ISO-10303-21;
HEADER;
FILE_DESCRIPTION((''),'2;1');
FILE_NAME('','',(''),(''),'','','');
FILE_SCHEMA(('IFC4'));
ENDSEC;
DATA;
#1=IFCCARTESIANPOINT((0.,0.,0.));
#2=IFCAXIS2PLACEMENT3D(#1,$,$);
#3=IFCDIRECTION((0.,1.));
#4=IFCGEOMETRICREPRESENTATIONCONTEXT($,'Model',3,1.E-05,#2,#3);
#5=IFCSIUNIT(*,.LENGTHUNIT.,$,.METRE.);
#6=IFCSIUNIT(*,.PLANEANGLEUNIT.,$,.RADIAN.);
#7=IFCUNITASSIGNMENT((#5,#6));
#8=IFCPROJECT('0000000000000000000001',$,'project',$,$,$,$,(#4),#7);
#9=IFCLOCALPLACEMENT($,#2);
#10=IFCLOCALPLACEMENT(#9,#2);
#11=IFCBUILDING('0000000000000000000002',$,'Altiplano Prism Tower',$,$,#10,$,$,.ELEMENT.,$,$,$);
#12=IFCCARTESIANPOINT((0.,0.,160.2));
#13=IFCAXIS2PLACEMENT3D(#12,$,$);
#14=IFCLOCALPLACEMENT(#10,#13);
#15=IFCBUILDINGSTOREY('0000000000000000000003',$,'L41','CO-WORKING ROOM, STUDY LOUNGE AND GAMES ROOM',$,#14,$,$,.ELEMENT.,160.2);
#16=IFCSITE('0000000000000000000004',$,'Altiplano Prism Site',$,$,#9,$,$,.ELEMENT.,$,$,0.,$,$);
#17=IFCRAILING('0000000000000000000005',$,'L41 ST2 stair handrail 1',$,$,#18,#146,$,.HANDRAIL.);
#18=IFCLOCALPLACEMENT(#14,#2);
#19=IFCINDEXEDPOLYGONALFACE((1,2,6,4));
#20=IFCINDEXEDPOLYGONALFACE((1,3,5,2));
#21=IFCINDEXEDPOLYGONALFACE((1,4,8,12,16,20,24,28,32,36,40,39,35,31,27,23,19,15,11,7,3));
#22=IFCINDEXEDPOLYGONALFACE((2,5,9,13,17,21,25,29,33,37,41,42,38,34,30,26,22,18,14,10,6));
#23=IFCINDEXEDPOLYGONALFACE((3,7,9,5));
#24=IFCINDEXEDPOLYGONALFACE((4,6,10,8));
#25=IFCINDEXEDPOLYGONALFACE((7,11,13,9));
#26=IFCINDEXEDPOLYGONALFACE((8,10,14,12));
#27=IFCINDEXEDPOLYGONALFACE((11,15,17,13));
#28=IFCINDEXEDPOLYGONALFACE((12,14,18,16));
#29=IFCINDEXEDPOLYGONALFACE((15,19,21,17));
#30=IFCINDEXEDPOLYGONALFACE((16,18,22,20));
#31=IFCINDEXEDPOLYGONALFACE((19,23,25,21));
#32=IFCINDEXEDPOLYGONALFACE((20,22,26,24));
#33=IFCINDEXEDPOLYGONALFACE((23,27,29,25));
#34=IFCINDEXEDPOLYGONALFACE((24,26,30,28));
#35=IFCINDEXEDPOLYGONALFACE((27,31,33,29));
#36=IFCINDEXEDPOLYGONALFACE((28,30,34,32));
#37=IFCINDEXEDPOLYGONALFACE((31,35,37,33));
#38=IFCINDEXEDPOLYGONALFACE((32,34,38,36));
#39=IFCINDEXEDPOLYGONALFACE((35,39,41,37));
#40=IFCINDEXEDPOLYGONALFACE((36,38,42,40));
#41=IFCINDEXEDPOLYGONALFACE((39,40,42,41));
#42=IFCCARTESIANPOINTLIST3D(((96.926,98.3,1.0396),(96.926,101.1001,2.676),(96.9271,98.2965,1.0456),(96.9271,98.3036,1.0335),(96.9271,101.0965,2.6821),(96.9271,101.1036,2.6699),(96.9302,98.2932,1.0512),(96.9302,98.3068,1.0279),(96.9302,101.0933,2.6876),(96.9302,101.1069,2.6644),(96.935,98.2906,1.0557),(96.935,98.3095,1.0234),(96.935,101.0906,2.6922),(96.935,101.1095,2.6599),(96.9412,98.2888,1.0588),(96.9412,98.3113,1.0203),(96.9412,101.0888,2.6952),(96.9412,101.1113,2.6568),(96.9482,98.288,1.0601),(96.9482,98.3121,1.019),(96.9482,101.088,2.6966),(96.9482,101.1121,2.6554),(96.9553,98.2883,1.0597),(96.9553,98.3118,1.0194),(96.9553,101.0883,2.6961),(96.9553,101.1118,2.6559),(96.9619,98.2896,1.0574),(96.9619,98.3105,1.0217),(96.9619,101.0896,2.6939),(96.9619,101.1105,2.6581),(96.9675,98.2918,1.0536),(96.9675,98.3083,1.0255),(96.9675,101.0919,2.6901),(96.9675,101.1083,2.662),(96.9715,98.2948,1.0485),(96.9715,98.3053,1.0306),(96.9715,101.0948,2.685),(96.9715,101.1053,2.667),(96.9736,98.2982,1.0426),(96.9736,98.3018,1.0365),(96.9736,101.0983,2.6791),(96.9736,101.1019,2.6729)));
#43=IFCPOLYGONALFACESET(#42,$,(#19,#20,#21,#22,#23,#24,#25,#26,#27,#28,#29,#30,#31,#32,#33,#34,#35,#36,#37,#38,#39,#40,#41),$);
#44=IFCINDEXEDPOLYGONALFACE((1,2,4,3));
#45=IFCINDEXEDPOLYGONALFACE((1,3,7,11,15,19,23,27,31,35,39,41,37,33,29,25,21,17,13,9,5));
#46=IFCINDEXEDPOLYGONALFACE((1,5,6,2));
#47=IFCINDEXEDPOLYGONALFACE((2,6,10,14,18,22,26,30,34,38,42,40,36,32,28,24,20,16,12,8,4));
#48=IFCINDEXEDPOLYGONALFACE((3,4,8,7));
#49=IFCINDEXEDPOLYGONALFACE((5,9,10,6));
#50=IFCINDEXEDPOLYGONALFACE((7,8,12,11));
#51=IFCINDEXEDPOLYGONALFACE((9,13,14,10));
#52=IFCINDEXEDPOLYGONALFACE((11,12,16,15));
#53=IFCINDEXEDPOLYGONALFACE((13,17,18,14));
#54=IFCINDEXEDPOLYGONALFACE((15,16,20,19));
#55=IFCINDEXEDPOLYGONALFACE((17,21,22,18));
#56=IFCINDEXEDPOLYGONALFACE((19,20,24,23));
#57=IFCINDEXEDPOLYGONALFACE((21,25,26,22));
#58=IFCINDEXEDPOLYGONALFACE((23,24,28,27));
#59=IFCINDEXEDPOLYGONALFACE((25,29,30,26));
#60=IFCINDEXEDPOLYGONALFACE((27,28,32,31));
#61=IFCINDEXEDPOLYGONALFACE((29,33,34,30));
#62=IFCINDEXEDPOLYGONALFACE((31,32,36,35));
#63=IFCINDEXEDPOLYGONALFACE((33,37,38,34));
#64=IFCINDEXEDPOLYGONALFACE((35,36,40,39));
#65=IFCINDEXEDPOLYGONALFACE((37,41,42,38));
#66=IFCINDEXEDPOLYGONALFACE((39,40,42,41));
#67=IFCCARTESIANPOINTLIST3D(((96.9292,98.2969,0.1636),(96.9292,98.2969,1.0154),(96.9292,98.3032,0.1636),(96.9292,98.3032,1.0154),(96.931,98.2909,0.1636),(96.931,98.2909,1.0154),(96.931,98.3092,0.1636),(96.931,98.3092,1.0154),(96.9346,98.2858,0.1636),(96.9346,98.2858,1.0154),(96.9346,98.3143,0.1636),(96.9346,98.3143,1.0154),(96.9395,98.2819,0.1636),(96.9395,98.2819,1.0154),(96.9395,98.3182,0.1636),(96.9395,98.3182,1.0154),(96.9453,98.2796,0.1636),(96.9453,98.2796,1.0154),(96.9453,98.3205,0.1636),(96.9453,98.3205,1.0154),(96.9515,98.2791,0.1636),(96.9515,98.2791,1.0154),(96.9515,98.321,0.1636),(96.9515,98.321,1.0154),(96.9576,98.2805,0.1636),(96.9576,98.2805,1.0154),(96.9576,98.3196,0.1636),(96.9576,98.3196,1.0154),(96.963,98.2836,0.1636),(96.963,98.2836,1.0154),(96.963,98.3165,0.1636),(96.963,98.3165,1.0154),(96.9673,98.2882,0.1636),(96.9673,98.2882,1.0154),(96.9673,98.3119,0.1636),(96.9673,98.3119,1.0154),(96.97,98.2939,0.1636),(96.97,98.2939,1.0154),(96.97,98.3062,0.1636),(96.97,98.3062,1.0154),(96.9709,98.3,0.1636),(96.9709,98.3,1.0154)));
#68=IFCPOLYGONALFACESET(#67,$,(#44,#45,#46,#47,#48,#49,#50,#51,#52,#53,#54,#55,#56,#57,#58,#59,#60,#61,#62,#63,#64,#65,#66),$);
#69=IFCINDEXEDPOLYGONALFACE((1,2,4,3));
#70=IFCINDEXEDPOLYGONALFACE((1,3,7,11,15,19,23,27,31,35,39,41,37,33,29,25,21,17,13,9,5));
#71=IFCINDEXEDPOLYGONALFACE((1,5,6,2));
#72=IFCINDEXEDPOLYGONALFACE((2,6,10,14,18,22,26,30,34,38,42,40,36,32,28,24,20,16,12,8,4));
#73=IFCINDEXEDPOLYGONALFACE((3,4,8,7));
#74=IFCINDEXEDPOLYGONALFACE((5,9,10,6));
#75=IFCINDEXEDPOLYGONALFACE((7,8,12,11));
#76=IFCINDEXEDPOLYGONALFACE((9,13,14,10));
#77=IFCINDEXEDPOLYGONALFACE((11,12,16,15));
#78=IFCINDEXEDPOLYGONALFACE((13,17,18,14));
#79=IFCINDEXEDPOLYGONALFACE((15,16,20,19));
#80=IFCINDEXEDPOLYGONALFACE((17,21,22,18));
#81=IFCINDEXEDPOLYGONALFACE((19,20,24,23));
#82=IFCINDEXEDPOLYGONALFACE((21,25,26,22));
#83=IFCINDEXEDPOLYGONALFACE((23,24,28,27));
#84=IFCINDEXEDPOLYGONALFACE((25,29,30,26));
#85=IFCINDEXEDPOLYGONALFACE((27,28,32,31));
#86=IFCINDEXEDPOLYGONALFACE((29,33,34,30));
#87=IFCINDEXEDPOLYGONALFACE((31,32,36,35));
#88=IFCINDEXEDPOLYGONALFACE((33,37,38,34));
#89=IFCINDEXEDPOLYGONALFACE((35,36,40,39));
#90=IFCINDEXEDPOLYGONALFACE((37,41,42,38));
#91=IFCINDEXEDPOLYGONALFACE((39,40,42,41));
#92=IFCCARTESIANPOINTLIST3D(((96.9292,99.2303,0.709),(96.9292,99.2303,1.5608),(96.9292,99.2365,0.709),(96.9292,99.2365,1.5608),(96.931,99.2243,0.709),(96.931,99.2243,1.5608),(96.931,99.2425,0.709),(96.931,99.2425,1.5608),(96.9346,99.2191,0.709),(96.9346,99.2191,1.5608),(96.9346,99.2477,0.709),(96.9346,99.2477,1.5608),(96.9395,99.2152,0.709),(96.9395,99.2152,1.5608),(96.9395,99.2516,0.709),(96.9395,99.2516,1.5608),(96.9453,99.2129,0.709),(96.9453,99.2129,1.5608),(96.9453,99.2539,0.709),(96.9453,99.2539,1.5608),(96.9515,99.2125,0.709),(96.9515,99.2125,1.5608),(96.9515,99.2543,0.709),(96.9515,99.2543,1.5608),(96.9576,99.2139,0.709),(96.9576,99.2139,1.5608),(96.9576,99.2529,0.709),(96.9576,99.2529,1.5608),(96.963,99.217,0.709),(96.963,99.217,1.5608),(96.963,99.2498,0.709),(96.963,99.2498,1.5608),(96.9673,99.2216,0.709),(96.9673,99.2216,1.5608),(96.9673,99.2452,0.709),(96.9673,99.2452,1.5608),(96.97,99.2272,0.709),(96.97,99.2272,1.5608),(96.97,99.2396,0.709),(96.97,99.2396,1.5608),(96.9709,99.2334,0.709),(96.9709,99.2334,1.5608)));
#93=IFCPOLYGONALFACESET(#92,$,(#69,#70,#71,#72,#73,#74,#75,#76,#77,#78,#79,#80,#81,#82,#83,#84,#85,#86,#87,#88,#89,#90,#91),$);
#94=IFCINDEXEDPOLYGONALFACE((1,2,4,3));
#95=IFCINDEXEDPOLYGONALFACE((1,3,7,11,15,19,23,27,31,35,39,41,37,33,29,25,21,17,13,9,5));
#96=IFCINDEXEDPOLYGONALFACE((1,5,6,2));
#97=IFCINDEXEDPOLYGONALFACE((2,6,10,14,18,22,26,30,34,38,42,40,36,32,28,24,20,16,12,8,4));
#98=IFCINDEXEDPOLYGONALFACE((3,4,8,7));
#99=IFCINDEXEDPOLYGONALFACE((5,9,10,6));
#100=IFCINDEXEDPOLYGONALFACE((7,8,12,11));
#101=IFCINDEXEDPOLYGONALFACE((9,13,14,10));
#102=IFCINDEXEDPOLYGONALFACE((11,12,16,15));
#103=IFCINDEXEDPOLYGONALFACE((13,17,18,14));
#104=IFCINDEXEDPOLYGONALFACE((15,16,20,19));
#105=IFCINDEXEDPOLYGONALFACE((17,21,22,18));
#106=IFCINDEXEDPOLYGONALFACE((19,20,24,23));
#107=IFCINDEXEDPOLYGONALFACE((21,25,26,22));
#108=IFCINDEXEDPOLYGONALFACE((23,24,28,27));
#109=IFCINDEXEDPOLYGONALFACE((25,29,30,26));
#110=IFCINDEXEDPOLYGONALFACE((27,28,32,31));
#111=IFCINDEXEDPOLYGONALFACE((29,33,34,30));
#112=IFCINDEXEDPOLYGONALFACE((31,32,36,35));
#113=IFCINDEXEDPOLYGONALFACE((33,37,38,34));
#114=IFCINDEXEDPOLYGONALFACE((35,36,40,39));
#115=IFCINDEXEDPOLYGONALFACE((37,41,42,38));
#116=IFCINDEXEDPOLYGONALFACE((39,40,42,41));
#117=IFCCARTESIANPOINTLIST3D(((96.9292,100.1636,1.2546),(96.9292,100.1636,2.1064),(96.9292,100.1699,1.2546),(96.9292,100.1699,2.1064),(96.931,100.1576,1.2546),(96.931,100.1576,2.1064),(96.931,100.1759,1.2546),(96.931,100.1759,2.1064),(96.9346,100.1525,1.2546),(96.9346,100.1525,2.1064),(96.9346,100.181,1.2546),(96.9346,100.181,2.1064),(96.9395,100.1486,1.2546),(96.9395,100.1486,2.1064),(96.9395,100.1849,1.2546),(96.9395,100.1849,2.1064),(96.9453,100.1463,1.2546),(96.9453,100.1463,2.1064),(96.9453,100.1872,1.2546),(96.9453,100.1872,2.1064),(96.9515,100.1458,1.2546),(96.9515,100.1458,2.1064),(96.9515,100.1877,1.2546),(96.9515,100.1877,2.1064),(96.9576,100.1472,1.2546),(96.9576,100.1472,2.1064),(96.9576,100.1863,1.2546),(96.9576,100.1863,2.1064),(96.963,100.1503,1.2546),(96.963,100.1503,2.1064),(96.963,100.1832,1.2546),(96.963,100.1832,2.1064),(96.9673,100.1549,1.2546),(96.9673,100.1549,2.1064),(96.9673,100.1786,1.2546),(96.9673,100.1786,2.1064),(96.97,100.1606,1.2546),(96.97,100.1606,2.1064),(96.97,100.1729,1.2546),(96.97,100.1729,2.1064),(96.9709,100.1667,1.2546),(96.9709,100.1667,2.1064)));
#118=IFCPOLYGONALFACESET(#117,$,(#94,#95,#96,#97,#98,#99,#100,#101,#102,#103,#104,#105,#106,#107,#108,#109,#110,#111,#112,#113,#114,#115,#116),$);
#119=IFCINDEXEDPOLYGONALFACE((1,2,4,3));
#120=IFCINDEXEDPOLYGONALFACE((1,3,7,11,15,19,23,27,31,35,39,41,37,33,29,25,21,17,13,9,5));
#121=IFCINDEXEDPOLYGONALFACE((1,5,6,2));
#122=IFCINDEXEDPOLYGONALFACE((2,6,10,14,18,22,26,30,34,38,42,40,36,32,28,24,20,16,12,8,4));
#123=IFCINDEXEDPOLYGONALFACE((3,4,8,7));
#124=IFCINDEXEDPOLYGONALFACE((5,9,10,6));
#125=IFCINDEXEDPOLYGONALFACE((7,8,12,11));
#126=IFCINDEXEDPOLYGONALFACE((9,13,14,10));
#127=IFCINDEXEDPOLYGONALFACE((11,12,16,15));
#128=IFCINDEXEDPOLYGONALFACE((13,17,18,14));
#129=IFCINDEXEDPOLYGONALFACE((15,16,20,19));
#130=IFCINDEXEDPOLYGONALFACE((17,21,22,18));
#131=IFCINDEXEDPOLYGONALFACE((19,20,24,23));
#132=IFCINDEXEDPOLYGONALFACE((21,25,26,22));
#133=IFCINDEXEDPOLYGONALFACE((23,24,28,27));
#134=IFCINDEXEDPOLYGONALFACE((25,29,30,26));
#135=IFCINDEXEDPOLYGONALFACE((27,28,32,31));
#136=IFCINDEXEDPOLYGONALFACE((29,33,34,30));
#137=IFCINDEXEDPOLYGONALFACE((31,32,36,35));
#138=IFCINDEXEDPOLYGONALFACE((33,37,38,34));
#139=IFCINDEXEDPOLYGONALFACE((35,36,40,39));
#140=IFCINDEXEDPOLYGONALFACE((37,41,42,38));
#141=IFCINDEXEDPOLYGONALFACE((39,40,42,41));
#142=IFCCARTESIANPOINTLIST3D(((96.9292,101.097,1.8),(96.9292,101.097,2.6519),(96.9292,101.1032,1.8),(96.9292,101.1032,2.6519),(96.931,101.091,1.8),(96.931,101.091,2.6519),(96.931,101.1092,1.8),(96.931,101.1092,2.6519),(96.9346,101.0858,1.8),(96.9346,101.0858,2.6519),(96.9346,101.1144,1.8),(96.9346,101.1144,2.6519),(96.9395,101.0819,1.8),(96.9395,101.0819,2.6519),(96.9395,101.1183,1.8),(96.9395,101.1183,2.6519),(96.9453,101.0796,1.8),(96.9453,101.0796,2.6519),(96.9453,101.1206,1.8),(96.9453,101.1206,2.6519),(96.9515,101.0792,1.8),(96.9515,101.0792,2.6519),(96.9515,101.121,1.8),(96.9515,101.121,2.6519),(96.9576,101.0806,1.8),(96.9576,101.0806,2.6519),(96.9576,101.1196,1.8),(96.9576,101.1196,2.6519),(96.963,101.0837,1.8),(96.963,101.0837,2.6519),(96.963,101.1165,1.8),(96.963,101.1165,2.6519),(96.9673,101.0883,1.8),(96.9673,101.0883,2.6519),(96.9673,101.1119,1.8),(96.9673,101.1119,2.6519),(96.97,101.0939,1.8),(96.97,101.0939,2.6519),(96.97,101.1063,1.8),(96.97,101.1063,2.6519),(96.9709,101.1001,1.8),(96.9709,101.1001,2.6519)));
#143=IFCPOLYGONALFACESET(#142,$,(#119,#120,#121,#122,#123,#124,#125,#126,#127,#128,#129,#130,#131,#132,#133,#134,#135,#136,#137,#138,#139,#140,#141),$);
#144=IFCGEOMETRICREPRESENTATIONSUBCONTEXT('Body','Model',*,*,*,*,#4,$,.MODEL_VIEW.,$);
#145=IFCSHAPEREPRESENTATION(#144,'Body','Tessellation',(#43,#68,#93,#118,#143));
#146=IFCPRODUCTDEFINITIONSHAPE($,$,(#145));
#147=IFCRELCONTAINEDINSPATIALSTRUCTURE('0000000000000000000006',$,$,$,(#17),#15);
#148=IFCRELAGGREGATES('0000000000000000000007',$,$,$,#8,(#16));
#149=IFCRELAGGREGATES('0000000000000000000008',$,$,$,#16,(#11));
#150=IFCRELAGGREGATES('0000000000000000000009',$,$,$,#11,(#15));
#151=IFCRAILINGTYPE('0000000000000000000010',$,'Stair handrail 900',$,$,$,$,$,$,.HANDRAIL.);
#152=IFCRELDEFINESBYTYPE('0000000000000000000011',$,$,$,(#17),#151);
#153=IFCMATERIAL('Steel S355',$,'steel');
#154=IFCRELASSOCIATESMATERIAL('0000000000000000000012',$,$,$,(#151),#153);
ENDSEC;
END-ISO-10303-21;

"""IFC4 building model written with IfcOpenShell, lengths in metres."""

from ifc_helpers import new_model, si_unit, direction, frame, origin, origin_2d, place, context, subcontext, project, spatial, circle, extrude, material, type_object, element, save


model = new_model("IFC4")

# Units and contexts
model_context = context("Model", 3, precision=1e-05, world=origin(), true_north=direction((0.0, 1.0)))
body_context = subcontext(model_context, "Body", "Model", "MODEL_VIEW")
ifc_project = project(units=[si_unit("LENGTHUNIT", "METRE"), si_unit("PLANEANGLEUNIT", "RADIAN")], contexts=[model_context])

# Site, building, storey
site_placement = place(None, origin())
site = spatial("IfcSite", under=ifc_project, at=site_placement, Name="Altiplano Prism Site", CompositionType="ELEMENT", RefElevation=0.0)
building_placement = place(site_placement, origin())
building = spatial("IfcBuilding", under=site, at=building_placement, Name="Altiplano Prism Tower", CompositionType="ELEMENT")
storey_placement = place(building_placement, frame((0.0, 0.0, 160.2)))
storey = spatial("IfcBuildingStorey", under=building, at=storey_placement, Name="L41", Description="CO-WORKING ROOM, STUDY LOUNGE AND GAMES ROOM", CompositionType="ELEMENT", Elevation=160.2)

# Railing
ifc_material_1 = material(Name="Steel S355", Category="steel")
railing_type_1 = type_object("IfcRailingType", Name="Stair handrail 900", PredefinedType="HANDRAIL", material=ifc_material_1)
railing_1_placement = place(storey_placement, frame((96.95, 98.3, 0.1636)))
element("IfcRailing", 1, at=railing_1_placement, inside=storey, type_object=railing_type_1, Name="L41 ST2 stair handrail 1", PredefinedType="HANDRAIL", context=body_context, shape_type="SweptSolid", body=[
    extrude(circle(Radius=0.0239, at=origin_2d()), frame((0.0, 0.0, 0.876), z_axis=(0.0, 0.863361, 0.504587), x_axis=(-1.0, 0.0, 0.0)), (0.0, 0.0, 1.0), 3.2432),
    extrude(circle(Radius=0.021, at=origin_2d()), origin(), (0.0, 0.0, 1.0), 0.8518),
    extrude(circle(Radius=0.021, at=origin_2d()), frame((0.0, 0.9333, 0.5454)), (0.0, 0.0, 1.0), 0.8518),
    extrude(circle(Radius=0.021, at=origin_2d()), frame((0.0, 1.8667, 1.0911)), (0.0, 0.0, 1.0), 0.8518),
    extrude(circle(Radius=0.021, at=origin_2d()), frame((0.0, 2.8, 1.6365)), (0.0, 0.0, 1.0), 0.8518),
])

save(model, "model.ifc")
